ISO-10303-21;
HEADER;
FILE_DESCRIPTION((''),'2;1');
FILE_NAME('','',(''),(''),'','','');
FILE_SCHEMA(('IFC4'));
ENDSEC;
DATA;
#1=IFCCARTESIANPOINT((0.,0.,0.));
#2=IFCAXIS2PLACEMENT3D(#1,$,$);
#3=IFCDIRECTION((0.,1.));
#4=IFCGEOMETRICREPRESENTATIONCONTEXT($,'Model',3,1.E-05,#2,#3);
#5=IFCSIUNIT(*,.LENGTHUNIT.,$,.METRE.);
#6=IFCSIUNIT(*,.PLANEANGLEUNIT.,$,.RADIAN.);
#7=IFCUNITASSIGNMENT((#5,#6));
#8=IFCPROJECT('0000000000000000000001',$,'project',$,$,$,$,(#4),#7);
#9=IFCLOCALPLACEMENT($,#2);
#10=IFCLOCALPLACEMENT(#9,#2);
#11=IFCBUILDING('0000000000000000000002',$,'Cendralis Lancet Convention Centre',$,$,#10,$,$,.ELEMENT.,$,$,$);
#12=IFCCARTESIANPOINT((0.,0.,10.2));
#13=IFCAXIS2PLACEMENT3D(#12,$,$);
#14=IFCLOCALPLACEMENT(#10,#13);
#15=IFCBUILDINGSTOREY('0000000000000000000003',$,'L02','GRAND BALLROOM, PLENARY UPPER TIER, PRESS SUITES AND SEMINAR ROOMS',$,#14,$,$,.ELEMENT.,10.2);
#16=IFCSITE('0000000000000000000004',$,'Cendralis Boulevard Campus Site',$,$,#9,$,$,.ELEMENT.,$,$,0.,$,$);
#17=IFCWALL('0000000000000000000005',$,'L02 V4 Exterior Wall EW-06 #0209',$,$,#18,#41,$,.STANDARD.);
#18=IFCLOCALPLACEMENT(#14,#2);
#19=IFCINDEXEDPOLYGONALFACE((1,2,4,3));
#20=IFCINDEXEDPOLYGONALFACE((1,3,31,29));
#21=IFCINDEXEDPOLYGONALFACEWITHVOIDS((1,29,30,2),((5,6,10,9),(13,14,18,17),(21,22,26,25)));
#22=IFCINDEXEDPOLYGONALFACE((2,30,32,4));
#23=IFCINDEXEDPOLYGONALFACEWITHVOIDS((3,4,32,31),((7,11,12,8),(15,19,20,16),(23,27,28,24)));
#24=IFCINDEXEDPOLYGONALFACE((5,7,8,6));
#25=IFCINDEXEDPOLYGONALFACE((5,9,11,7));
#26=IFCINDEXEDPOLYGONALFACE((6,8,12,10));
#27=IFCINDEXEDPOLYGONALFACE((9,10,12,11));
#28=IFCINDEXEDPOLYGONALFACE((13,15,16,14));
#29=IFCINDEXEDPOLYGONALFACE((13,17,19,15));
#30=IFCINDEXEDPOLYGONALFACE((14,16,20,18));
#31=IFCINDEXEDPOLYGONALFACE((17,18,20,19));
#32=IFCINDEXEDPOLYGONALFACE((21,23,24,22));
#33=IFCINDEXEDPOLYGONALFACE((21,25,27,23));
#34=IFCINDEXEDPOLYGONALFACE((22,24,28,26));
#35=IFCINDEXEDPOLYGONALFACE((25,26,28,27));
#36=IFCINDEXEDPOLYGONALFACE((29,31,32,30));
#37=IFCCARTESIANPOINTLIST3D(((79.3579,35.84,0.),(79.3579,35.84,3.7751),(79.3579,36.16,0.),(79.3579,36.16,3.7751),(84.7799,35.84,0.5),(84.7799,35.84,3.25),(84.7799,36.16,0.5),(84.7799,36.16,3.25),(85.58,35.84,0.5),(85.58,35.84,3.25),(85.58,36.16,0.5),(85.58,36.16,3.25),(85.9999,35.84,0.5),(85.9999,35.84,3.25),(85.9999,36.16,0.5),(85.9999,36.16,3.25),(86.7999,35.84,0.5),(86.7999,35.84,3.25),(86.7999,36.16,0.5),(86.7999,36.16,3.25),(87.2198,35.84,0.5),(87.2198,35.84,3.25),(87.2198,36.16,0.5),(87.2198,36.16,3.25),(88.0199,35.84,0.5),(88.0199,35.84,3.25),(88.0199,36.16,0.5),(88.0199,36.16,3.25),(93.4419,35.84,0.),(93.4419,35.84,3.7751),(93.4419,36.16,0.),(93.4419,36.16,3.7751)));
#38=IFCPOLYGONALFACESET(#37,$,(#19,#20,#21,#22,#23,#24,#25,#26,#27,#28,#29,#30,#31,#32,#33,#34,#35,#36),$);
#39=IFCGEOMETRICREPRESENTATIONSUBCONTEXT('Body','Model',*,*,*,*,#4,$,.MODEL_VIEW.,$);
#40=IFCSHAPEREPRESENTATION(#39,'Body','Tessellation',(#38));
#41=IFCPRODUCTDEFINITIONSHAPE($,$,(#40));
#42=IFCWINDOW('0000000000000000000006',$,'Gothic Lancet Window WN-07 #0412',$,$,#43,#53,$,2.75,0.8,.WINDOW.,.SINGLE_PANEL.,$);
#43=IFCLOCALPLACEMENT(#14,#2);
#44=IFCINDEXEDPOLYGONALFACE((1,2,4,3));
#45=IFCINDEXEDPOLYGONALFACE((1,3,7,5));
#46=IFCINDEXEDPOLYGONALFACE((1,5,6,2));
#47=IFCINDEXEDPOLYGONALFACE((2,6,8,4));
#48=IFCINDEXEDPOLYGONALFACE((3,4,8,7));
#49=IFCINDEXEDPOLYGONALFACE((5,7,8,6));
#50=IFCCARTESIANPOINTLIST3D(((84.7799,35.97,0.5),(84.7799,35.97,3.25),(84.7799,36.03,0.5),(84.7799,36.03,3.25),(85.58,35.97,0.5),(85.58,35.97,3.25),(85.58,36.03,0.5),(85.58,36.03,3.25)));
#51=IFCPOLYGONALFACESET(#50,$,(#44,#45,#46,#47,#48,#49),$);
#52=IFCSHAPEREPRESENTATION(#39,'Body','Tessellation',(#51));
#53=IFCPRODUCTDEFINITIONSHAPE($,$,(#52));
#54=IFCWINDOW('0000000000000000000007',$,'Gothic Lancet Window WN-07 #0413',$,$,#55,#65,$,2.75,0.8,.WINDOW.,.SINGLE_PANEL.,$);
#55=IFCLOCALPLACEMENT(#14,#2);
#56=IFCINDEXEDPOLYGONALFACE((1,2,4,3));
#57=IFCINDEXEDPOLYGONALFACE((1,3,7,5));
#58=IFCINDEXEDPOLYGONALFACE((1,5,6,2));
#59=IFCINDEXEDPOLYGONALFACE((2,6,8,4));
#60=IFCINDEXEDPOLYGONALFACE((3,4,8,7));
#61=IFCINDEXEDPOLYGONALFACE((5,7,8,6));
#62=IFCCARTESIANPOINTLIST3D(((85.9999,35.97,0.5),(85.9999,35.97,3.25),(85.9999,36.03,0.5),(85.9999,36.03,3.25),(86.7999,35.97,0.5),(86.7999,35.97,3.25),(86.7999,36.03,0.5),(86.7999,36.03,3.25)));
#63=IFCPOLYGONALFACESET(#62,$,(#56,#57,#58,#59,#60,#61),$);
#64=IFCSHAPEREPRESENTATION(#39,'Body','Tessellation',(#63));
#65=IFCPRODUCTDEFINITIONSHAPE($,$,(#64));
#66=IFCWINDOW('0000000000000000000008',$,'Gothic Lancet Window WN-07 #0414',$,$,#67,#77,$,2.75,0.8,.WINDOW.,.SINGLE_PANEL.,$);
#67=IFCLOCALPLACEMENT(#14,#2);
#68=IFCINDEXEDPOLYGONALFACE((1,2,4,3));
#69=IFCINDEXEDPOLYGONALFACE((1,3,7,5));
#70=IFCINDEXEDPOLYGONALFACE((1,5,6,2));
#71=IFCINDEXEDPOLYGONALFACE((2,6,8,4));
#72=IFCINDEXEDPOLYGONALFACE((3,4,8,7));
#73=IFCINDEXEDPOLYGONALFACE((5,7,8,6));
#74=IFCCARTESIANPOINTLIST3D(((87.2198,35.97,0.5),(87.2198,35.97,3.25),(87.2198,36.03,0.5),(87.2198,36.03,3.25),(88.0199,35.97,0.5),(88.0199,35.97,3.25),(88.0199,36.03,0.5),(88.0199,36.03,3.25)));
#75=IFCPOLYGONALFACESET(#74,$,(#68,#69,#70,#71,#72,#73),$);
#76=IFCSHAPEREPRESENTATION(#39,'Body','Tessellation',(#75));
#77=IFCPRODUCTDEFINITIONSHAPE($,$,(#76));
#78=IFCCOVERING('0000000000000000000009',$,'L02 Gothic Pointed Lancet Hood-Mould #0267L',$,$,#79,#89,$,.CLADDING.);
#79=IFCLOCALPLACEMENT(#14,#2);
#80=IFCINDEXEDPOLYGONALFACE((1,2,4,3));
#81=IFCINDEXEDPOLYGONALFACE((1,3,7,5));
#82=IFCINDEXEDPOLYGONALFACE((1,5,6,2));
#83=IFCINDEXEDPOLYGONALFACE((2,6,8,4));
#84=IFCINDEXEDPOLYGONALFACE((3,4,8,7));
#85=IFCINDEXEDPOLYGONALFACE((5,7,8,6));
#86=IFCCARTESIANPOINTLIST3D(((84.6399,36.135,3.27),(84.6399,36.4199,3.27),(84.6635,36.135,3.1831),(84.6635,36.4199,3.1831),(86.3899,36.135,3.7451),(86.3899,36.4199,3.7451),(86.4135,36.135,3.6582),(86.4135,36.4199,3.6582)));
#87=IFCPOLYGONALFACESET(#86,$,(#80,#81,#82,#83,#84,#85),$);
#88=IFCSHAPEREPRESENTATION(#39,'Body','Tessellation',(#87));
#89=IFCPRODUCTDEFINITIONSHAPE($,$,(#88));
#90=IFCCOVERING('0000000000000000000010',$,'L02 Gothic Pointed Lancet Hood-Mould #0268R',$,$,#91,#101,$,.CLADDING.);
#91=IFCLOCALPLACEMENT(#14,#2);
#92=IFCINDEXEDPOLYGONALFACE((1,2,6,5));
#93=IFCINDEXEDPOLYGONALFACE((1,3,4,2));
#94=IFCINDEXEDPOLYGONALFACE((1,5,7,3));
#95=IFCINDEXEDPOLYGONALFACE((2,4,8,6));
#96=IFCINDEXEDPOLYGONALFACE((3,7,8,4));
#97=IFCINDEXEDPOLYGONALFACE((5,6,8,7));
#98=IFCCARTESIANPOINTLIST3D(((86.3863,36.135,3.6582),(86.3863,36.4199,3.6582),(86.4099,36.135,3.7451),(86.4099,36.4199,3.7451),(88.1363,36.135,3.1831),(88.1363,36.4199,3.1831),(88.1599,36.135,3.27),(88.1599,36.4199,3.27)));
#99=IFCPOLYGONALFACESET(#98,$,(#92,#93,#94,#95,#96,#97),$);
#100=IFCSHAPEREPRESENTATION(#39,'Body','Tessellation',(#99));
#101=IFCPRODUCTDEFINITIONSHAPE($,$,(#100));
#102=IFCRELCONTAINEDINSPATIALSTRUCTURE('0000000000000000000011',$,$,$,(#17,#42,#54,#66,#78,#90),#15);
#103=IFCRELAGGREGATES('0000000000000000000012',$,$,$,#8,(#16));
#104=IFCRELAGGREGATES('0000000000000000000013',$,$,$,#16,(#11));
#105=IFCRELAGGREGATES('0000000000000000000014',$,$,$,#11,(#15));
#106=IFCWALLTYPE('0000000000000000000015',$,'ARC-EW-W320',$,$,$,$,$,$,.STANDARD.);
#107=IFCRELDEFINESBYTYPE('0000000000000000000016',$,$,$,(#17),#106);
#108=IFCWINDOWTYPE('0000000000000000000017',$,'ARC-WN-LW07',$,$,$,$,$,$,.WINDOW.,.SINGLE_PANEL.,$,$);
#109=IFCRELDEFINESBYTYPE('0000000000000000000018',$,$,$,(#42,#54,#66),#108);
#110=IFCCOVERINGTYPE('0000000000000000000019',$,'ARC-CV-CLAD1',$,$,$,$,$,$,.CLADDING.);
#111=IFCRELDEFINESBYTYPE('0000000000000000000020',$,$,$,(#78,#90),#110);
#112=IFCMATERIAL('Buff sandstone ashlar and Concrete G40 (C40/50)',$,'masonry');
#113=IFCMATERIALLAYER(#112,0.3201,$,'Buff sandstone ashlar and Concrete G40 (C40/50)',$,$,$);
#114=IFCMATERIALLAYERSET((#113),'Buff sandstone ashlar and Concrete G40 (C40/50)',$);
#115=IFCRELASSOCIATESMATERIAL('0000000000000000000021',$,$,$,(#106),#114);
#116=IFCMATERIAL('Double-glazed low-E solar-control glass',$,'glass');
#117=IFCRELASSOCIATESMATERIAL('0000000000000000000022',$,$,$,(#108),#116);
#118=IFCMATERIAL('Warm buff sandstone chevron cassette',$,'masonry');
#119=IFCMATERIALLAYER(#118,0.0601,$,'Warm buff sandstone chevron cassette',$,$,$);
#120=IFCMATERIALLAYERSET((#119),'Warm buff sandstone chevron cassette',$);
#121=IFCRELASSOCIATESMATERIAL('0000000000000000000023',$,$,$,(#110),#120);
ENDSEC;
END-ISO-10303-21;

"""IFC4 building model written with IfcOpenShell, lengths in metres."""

from ifc_helpers import new_model, si_unit, direction, frame, frame_2d, origin, place, context, subcontext, project, spatial, polyline, rectangle, outline, extrude, material, layer, layer_set, type_object, element, fill, save


model = new_model("IFC4")

# Units and contexts
model_context = context("Model", 3, precision=1e-05, world=origin(), true_north=direction((0.0, 1.0)))
body_context = subcontext(model_context, "Body", "Model", "MODEL_VIEW")
ifc_project = project(units=[si_unit("LENGTHUNIT", "METRE"), si_unit("PLANEANGLEUNIT", "RADIAN")], contexts=[model_context])

# Site, building, storey
site_placement = place(None, origin())
site = spatial("IfcSite", under=ifc_project, at=site_placement, Name="Cendralis Boulevard Campus Site", CompositionType="ELEMENT", RefElevation=0.0)
building_placement = place(site_placement, origin())
building = spatial("IfcBuilding", under=site, at=building_placement, Name="Cendralis Lancet Convention Centre", CompositionType="ELEMENT")
storey_placement = place(building_placement, frame((0.0, 0.0, 10.2)))
storey = spatial("IfcBuildingStorey", under=building, at=storey_placement, Name="L02", Description="GRAND BALLROOM, PLENARY UPPER TIER, PRESS SUITES AND SEMINAR ROOMS", CompositionType="ELEMENT", Elevation=10.2)

# Wall, openings, windows
ifc_material_1 = material(Name="Buff sandstone ashlar and Concrete G40 (C40/50)", Category="masonry")
ifc_layer_1 = layer(ifc_material_1, 0.3201, Name="Buff sandstone ashlar and Concrete G40 (C40/50)")
ifc_layer_set_1 = layer_set([ifc_layer_1], Name="Buff sandstone ashlar and Concrete G40 (C40/50)")
wall_type = type_object("IfcWallType", Name="ARC-EW-W320", PredefinedType="STANDARD", material=ifc_layer_set_1)
wall_placement = place(storey_placement, frame((79.3579, 36.0, 0.0), z_axis=(0.0, 0.0, 1.0), x_axis=(1.0, 0.0, 0.0)))
wall = element("IfcWall", 1, at=wall_placement, inside=storey, type_object=wall_type, Name="L02 V4 Exterior Wall EW-06 #0209", PredefinedType="STANDARD", context=body_context, shape_type="SweptSolid", body=[
    extrude(rectangle(XDim=14.084, YDim=0.3201, at=frame_2d((7.042, 0.0))), origin(), (0.0, 0.0, 1.0), 3.7751),
])
opening_1_placement = place(wall_placement, frame((5.4221, 0.0, 0.5)))
opening_1 = element("IfcOpeningElement", 2, at=opening_1_placement, cuts=wall, PredefinedType="OPENING", context=body_context, shape_type="SweptSolid", body=[
    extrude(rectangle(XDim=0.8, YDim=2.75, at=frame_2d((0.3999, 1.375))), frame((0.0, 0.1699, 0.0), z_axis=(0.0, -1.0, 0.0), x_axis=(1.0, 0.0, 0.0)), (0.0, 0.0, 1.0), 0.3401),
])
opening_2_placement = place(wall_placement, frame((6.6421, 0.0, 0.5)))
opening_2 = element("IfcOpeningElement", 3, at=opening_2_placement, cuts=wall, PredefinedType="OPENING", context=body_context, shape_type="SweptSolid", body=[
    extrude(rectangle(XDim=0.8, YDim=2.75, at=frame_2d((0.3999, 1.375))), frame((0.0, 0.1699, 0.0), z_axis=(0.0, -1.0, 0.0), x_axis=(1.0, 0.0, 0.0)), (0.0, 0.0, 1.0), 0.3401),
])
opening_3_placement = place(wall_placement, frame((7.8621, 0.0, 0.5)))
opening_3 = element("IfcOpeningElement", 4, at=opening_3_placement, cuts=wall, PredefinedType="OPENING", context=body_context, shape_type="SweptSolid", body=[
    extrude(rectangle(XDim=0.8, YDim=2.75, at=frame_2d((0.3999, 1.375))), frame((0.0, 0.1699, 0.0), z_axis=(0.0, -1.0, 0.0), x_axis=(1.0, 0.0, 0.0)), (0.0, 0.0, 1.0), 0.3401),
])
ifc_material_2 = material(Name="Double-glazed low-E solar-control glass", Category="glass")
window_type = type_object("IfcWindowType", Name="ARC-WN-LW07", PartitioningType="SINGLE_PANEL", PredefinedType="WINDOW", material=ifc_material_2)
window_1_placement = place(opening_1_placement, origin())
window_1 = element("IfcWindow", 5, at=window_1_placement, inside=storey, type_object=window_type, Name="Gothic Lancet Window WN-07 #0412", OverallHeight=2.75, OverallWidth=0.8, PartitioningType="SINGLE_PANEL", PredefinedType="WINDOW", context=body_context, shape_type="SweptSolid", body=[
    extrude(rectangle(XDim=0.8, YDim=2.75, at=frame_2d((0.3999, 1.375))), frame((0.0, 0.03, 0.0), z_axis=(0.0, -1.0, 0.0), x_axis=(1.0, 0.0, 0.0)), (0.0, 0.0, 1.0), 0.0601),
])
fill(opening_1, window_1)
window_2_placement = place(opening_2_placement, origin())
window_2 = element("IfcWindow", 6, at=window_2_placement, inside=storey, type_object=window_type, Name="Gothic Lancet Window WN-07 #0413", OverallHeight=2.75, OverallWidth=0.8, PartitioningType="SINGLE_PANEL", PredefinedType="WINDOW", context=body_context, shape_type="SweptSolid", body=[
    extrude(rectangle(XDim=0.8, YDim=2.75, at=frame_2d((0.3999, 1.375))), frame((0.0, 0.03, 0.0), z_axis=(0.0, -1.0, 0.0), x_axis=(1.0, 0.0, 0.0)), (0.0, 0.0, 1.0), 0.0601),
])
fill(opening_2, window_2)
window_3_placement = place(opening_3_placement, origin())
window_3 = element("IfcWindow", 7, at=window_3_placement, inside=storey, type_object=window_type, Name="Gothic Lancet Window WN-07 #0414", OverallHeight=2.75, OverallWidth=0.8, PartitioningType="SINGLE_PANEL", PredefinedType="WINDOW", context=body_context, shape_type="SweptSolid", body=[
    extrude(rectangle(XDim=0.8, YDim=2.75, at=frame_2d((0.3999, 1.375))), frame((0.0, 0.03, 0.0), z_axis=(0.0, -1.0, 0.0), x_axis=(1.0, 0.0, 0.0)), (0.0, 0.0, 1.0), 0.0601),
])
fill(opening_3, window_3)

# Coverings
ifc_material_3 = material(Name="Warm buff sandstone chevron cassette", Category="masonry")
ifc_layer_2 = layer(ifc_material_3, 0.0601, Name="Warm buff sandstone chevron cassette")
ifc_layer_set_2 = layer_set([ifc_layer_2], Name="Warm buff sandstone chevron cassette")
covering_type = type_object("IfcCoveringType", Name="ARC-CV-CLAD1", PredefinedType="CLADDING", material=ifc_layer_set_2)
for number, where, z_axis, x_axis, name in (
    (8, (84.6399, 36.4199, 3.27), (-0.262001, 0.0, 0.965068), (0.0, -1.0, 0.0), "L02 Gothic Pointed Lancet Hood-Mould #0267L"),
    (9, (86.4099, 36.4199, 3.7451), (0.262001, 0.0, 0.965068), (0.0, -1.0, 0.0), "L02 Gothic Pointed Lancet Hood-Mould #0268R"),
):
    element("IfcCovering", number, at=place(storey_placement, frame(where, z_axis=z_axis, x_axis=x_axis)), inside=storey, type_object=covering_type, Name=name, PredefinedType="CLADDING", context=body_context, shape_type="SweptSolid", body=[
        extrude(outline(polyline([(0.0, 0.0), (0.2849, 0.0), (0.2849, 1.8133), (0.0, 1.8133), (0.0, 0.0)])), origin(), (0.0, 0.0, -1.0), 0.0901),
    ])

save(model, "model.ifc")
